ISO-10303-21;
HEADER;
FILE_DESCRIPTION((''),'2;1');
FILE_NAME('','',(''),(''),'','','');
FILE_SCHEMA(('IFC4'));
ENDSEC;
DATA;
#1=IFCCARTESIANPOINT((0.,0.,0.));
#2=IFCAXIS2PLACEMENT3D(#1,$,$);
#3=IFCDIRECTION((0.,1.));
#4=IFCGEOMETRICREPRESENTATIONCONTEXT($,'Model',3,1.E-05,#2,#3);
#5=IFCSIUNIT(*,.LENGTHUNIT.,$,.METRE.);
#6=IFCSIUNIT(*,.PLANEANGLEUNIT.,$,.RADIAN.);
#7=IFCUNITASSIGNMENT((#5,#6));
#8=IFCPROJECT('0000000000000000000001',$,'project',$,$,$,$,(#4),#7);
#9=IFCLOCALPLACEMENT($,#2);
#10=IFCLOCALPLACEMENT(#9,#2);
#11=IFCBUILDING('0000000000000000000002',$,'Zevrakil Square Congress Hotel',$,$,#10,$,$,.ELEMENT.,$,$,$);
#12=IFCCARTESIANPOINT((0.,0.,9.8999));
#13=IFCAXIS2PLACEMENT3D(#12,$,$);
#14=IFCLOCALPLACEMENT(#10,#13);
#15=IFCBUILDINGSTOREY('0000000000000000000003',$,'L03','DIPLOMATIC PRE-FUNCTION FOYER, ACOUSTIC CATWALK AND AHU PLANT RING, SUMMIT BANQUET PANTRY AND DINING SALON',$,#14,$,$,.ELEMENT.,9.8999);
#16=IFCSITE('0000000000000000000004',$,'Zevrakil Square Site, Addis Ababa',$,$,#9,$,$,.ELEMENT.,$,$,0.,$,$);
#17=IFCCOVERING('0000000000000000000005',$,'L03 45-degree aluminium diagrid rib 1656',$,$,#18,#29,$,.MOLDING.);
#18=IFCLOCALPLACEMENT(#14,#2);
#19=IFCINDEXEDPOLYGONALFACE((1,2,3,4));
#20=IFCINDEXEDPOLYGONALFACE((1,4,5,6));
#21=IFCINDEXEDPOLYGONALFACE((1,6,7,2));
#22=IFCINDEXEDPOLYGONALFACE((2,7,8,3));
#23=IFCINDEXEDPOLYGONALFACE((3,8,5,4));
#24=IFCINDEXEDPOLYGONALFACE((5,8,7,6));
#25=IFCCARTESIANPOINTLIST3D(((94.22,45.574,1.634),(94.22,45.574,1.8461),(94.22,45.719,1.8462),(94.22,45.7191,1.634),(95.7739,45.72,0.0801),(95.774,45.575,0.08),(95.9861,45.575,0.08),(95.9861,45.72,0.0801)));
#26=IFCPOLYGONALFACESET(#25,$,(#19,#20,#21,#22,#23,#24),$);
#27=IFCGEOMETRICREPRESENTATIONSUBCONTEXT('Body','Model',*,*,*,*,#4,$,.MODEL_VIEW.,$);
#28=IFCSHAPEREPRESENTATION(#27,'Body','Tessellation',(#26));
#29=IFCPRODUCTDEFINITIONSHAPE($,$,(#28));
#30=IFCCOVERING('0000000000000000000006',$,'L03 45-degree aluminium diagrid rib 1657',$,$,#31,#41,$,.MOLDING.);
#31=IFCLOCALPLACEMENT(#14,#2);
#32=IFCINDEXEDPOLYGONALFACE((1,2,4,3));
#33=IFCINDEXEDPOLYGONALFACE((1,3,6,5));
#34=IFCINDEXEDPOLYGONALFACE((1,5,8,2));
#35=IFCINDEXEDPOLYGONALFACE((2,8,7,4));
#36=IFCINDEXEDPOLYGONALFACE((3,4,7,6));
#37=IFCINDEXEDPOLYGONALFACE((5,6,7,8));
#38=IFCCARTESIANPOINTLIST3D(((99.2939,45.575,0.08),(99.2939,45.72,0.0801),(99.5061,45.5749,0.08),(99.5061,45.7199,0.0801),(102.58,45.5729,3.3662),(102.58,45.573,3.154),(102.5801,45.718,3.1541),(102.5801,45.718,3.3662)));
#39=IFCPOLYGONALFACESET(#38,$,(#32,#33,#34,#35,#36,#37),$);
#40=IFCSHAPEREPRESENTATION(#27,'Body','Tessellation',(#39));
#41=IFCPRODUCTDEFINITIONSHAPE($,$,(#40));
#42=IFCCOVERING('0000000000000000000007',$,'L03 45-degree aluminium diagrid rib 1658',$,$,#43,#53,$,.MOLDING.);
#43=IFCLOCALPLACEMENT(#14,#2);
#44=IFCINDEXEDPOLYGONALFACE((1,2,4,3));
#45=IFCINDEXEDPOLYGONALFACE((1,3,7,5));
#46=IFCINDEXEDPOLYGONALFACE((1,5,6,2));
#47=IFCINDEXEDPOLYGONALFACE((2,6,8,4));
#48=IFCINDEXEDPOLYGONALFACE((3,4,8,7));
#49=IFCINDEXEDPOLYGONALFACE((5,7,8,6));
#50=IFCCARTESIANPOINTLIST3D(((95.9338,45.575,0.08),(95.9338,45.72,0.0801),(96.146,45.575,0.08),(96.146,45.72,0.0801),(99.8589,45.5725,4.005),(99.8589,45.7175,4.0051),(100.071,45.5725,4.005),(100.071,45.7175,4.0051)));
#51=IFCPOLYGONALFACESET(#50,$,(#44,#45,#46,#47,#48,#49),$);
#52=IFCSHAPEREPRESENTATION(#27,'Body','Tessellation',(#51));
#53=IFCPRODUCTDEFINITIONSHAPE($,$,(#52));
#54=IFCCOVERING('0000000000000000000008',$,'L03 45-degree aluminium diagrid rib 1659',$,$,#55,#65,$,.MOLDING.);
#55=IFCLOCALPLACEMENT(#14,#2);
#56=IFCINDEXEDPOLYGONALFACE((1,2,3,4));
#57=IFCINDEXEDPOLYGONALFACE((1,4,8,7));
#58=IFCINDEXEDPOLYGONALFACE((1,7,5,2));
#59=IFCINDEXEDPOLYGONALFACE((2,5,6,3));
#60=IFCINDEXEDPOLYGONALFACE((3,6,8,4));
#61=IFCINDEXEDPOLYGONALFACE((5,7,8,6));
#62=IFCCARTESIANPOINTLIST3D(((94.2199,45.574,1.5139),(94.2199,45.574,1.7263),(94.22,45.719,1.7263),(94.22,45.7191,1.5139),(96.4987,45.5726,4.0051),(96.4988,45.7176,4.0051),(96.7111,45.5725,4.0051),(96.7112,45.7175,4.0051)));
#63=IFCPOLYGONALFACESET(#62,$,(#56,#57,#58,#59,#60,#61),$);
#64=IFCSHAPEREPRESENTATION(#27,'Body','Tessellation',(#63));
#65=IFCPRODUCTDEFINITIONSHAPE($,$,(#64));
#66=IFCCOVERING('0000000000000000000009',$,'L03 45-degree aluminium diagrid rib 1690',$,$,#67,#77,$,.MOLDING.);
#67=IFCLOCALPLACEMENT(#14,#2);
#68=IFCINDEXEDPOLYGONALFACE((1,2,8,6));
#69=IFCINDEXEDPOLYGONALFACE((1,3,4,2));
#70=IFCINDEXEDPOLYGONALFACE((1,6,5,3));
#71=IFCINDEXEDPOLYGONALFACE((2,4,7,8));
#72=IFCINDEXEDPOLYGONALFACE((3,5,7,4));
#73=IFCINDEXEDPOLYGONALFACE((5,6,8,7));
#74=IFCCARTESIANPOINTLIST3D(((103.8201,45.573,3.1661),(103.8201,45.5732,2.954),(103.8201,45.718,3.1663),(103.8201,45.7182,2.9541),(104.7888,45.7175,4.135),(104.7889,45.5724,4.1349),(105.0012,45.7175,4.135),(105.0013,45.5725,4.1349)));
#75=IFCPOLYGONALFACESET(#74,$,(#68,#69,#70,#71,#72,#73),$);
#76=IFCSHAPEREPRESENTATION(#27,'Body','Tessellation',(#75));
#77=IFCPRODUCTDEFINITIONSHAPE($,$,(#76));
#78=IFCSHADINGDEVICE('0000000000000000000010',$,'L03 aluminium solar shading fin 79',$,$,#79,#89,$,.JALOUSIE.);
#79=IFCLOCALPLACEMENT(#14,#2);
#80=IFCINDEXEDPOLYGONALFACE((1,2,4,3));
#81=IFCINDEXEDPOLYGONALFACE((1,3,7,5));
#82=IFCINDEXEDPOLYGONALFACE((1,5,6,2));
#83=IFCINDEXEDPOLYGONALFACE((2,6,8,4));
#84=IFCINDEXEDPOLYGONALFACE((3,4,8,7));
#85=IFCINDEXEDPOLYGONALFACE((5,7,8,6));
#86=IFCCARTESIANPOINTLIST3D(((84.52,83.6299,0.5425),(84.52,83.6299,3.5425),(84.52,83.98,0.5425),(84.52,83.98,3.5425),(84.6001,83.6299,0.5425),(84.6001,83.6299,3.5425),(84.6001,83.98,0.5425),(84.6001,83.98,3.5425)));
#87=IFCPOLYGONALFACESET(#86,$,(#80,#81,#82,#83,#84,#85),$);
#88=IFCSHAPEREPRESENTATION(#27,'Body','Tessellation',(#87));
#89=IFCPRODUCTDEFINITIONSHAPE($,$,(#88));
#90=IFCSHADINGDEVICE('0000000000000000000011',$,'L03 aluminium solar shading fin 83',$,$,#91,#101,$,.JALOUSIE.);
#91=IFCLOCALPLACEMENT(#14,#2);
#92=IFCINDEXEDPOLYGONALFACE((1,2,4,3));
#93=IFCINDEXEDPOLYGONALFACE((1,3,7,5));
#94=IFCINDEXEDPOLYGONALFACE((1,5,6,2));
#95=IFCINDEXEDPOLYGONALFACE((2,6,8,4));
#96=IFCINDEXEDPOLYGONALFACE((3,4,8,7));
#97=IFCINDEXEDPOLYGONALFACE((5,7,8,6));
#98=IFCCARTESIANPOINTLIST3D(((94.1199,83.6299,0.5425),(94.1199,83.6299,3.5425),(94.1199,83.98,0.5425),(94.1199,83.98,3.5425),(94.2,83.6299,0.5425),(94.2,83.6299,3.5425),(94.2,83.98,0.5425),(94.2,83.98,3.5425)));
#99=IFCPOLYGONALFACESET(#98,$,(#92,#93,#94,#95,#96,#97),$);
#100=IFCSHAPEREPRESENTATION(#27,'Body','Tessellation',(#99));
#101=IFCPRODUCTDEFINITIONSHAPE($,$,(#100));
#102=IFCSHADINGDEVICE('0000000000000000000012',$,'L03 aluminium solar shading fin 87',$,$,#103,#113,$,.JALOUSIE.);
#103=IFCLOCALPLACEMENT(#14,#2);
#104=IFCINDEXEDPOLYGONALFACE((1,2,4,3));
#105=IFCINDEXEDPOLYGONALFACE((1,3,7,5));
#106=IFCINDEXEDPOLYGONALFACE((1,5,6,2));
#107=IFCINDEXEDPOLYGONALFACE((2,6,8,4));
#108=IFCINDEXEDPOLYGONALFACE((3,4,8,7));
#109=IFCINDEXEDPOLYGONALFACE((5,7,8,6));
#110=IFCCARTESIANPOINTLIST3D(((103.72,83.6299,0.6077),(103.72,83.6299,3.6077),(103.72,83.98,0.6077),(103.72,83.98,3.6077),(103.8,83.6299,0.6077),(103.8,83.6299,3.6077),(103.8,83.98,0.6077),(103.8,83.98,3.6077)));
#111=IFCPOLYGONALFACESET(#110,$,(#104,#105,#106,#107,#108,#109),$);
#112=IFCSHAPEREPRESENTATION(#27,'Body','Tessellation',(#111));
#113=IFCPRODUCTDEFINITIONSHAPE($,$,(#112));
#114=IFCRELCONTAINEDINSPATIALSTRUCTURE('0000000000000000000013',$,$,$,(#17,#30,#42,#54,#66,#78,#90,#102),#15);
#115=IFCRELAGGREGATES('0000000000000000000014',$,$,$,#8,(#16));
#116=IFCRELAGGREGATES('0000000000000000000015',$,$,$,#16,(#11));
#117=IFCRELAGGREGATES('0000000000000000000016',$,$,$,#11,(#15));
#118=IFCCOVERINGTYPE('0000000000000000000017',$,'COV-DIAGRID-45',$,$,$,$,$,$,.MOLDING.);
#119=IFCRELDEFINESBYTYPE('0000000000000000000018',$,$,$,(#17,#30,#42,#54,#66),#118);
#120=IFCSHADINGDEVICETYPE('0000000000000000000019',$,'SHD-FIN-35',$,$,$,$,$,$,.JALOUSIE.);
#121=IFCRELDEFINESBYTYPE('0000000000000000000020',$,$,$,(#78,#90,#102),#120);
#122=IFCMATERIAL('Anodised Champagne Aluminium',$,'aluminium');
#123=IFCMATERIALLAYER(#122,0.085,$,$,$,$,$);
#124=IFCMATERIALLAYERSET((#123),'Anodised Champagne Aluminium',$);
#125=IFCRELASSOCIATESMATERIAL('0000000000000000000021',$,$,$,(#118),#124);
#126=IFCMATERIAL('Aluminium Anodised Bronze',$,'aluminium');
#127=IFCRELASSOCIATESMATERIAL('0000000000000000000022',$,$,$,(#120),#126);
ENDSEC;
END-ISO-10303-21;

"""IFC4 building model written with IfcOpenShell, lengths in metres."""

from ifc_helpers import new_model, si_unit, direction, frame, origin, origin_2d, place, context, subcontext, project, spatial, polyline, rectangle, outline, extrude, material, layer, layer_set, type_object, element, save


model = new_model("IFC4")

# Units and contexts
model_context = context("Model", 3, precision=1e-05, world=origin(), true_north=direction((0.0, 1.0)))
body_context = subcontext(model_context, "Body", "Model", "MODEL_VIEW")
ifc_project = project(units=[si_unit("LENGTHUNIT", "METRE"), si_unit("PLANEANGLEUNIT", "RADIAN")], contexts=[model_context])

# Site, building, storey
site_placement = place(None, origin())
site = spatial("IfcSite", under=ifc_project, at=site_placement, Name="Zevrakil Square Site, Addis Ababa", CompositionType="ELEMENT", RefElevation=0.0)
building_placement = place(site_placement, origin())
building = spatial("IfcBuilding", under=site, at=building_placement, Name="Zevrakil Square Congress Hotel", CompositionType="ELEMENT")
storey_placement = place(building_placement, frame((0.0, 0.0, 9.8999)))
storey = spatial("IfcBuildingStorey", under=building, at=storey_placement, Name="L03", Description="DIPLOMATIC PRE-FUNCTION FOYER, ACOUSTIC CATWALK AND AHU PLANT RING, SUMMIT BANQUET PANTRY AND DINING SALON", CompositionType="ELEMENT", Elevation=9.8999)

# Coverings
ifc_material_1 = material(Name="Anodised Champagne Aluminium", Category="aluminium")
ifc_layer_1 = layer(ifc_material_1, 0.085)
ifc_layer_set_1 = layer_set([ifc_layer_1], Name="Anodised Champagne Aluminium")
covering_type_1 = type_object("IfcCoveringType", Name="COV-DIAGRID-45", PredefinedType="MOLDING", material=ifc_layer_set_1)
covering_1_placement = place(storey_placement, frame((95.7739, 45.72, 0.0801), z_axis=(-0.000294, 1.0, 0.000294), x_axis=(1.0, 0.000294, 0.0)))
element("IfcCovering", 1, at=covering_1_placement, inside=storey, type_object=covering_type_1, Name="L03 45-degree aluminium diagrid rib 1656", PredefinedType="MOLDING", context=body_context, shape_type="SweptSolid", body=[
    extrude(outline(polyline([(0.0, 0.0), (0.2122, 0.0), (-1.554, -1.7661), (-1.554, -1.554), (0.0, 0.0)])), origin(), (0.0, 0.0, -1.0), 0.145),
])
covering_2_placement = place(storey_placement, frame((102.5801, 45.718, 3.1541), z_axis=(0.000307, 1.0, 0.000307), x_axis=(0.0, -0.000307, 1.0)))
element("IfcCovering", 2, at=covering_2_placement, inside=storey, type_object=covering_type_1, Name="L03 45-degree aluminium diagrid rib 1657", PredefinedType="MOLDING", context=body_context, shape_type="SweptSolid", body=[
    extrude(outline(polyline([(0.0, 0.0), (0.2122, 0.0), (-3.074, -3.2861), (-3.074, -3.074), (0.0, 0.0)])), origin(), (0.0, 0.0, -1.0), 0.145),
])
covering_3_placement = place(storey_placement, frame((100.071, 45.7175, 4.0051), z_axis=(0.0, 1.0, 0.000622), x_axis=(-1.0, 0.0, 0.0)))
element("IfcCovering", 3, at=covering_3_placement, inside=storey, type_object=covering_type_1, Name="L03 45-degree aluminium diagrid rib 1658", PredefinedType="MOLDING", context=body_context, shape_type="SweptSolid", body=[
    extrude(outline(polyline([(0.0, 0.0), (0.2122, 0.0), (4.1372, -3.925), (3.925, -3.925), (0.0, 0.0)])), origin(), (0.0, 0.0, -1.0), 0.145),
])
covering_4_placement = place(storey_placement, frame((96.7112, 45.7175, 4.0051), z_axis=(0.000307, 1.0, 0.000307), x_axis=(-1.0, 0.000307, 0.0)))
element("IfcCovering", 4, at=covering_4_placement, inside=storey, type_object=covering_type_1, Name="L03 45-degree aluminium diagrid rib 1659", PredefinedType="MOLDING", context=body_context, shape_type="SweptSolid", body=[
    extrude(outline(polyline([(0.0, 0.0), (0.2124, 0.0), (2.4912, -2.2788), (2.4912, -2.4912), (0.0, 0.0)])), origin(), (0.0, 0.0, -1.0), 0.145),
])
covering_5_placement = place(storey_placement, frame((105.0012, 45.7175, 4.135), z_axis=(-0.000291, 1.0, 0.000859), x_axis=(-1.0, -0.000291, 0.0)))
element("IfcCovering", 5, at=covering_5_placement, inside=storey, type_object=covering_type_1, Name="L03 45-degree aluminium diagrid rib 1690", PredefinedType="MOLDING", context=body_context, shape_type="SweptSolid", body=[
    extrude(outline(polyline([(0.0, 0.0), (0.2124, 0.0), (1.1812, -0.9688), (1.1812, -1.1809), (0.0, 0.0)])), origin(), (0.0, 0.0, -1.0), 0.145),
])

# Shading devices
ifc_material_2 = material(Name="Aluminium Anodised Bronze", Category="aluminium")
shading_device_type = type_object("IfcShadingDeviceType", Name="SHD-FIN-35", PredefinedType="JALOUSIE", material=ifc_material_2)
for number, where, z_axis, x_axis, name in (
    (6, (84.5601, 83.8049, 0.5425), (0.0, 0.0, 1.0), (0.0, -1.0, 0.0), "L03 aluminium solar shading fin 79"),
    (7, (94.1599, 83.8049, 0.5425), (0.0, 0.0, 1.0), (0.0, -1.0, 0.0), "L03 aluminium solar shading fin 83"),
    (8, (103.76, 83.8049, 0.6077), (0.0, 0.0, 1.0), (0.0, -1.0, 0.0), "L03 aluminium solar shading fin 87"),
):
    element("IfcShadingDevice", number, at=place(storey_placement, frame(where, z_axis=z_axis, x_axis=x_axis)), inside=storey, type_object=shading_device_type, Name=name, PredefinedType="JALOUSIE", context=body_context, shape_type="SweptSolid", body=[
        extrude(rectangle(XDim=0.3501, YDim=0.0801, at=origin_2d()), origin(), (0.0, 0.0, 1.0), 3.0),
    ])

save(model, "model.ifc")
